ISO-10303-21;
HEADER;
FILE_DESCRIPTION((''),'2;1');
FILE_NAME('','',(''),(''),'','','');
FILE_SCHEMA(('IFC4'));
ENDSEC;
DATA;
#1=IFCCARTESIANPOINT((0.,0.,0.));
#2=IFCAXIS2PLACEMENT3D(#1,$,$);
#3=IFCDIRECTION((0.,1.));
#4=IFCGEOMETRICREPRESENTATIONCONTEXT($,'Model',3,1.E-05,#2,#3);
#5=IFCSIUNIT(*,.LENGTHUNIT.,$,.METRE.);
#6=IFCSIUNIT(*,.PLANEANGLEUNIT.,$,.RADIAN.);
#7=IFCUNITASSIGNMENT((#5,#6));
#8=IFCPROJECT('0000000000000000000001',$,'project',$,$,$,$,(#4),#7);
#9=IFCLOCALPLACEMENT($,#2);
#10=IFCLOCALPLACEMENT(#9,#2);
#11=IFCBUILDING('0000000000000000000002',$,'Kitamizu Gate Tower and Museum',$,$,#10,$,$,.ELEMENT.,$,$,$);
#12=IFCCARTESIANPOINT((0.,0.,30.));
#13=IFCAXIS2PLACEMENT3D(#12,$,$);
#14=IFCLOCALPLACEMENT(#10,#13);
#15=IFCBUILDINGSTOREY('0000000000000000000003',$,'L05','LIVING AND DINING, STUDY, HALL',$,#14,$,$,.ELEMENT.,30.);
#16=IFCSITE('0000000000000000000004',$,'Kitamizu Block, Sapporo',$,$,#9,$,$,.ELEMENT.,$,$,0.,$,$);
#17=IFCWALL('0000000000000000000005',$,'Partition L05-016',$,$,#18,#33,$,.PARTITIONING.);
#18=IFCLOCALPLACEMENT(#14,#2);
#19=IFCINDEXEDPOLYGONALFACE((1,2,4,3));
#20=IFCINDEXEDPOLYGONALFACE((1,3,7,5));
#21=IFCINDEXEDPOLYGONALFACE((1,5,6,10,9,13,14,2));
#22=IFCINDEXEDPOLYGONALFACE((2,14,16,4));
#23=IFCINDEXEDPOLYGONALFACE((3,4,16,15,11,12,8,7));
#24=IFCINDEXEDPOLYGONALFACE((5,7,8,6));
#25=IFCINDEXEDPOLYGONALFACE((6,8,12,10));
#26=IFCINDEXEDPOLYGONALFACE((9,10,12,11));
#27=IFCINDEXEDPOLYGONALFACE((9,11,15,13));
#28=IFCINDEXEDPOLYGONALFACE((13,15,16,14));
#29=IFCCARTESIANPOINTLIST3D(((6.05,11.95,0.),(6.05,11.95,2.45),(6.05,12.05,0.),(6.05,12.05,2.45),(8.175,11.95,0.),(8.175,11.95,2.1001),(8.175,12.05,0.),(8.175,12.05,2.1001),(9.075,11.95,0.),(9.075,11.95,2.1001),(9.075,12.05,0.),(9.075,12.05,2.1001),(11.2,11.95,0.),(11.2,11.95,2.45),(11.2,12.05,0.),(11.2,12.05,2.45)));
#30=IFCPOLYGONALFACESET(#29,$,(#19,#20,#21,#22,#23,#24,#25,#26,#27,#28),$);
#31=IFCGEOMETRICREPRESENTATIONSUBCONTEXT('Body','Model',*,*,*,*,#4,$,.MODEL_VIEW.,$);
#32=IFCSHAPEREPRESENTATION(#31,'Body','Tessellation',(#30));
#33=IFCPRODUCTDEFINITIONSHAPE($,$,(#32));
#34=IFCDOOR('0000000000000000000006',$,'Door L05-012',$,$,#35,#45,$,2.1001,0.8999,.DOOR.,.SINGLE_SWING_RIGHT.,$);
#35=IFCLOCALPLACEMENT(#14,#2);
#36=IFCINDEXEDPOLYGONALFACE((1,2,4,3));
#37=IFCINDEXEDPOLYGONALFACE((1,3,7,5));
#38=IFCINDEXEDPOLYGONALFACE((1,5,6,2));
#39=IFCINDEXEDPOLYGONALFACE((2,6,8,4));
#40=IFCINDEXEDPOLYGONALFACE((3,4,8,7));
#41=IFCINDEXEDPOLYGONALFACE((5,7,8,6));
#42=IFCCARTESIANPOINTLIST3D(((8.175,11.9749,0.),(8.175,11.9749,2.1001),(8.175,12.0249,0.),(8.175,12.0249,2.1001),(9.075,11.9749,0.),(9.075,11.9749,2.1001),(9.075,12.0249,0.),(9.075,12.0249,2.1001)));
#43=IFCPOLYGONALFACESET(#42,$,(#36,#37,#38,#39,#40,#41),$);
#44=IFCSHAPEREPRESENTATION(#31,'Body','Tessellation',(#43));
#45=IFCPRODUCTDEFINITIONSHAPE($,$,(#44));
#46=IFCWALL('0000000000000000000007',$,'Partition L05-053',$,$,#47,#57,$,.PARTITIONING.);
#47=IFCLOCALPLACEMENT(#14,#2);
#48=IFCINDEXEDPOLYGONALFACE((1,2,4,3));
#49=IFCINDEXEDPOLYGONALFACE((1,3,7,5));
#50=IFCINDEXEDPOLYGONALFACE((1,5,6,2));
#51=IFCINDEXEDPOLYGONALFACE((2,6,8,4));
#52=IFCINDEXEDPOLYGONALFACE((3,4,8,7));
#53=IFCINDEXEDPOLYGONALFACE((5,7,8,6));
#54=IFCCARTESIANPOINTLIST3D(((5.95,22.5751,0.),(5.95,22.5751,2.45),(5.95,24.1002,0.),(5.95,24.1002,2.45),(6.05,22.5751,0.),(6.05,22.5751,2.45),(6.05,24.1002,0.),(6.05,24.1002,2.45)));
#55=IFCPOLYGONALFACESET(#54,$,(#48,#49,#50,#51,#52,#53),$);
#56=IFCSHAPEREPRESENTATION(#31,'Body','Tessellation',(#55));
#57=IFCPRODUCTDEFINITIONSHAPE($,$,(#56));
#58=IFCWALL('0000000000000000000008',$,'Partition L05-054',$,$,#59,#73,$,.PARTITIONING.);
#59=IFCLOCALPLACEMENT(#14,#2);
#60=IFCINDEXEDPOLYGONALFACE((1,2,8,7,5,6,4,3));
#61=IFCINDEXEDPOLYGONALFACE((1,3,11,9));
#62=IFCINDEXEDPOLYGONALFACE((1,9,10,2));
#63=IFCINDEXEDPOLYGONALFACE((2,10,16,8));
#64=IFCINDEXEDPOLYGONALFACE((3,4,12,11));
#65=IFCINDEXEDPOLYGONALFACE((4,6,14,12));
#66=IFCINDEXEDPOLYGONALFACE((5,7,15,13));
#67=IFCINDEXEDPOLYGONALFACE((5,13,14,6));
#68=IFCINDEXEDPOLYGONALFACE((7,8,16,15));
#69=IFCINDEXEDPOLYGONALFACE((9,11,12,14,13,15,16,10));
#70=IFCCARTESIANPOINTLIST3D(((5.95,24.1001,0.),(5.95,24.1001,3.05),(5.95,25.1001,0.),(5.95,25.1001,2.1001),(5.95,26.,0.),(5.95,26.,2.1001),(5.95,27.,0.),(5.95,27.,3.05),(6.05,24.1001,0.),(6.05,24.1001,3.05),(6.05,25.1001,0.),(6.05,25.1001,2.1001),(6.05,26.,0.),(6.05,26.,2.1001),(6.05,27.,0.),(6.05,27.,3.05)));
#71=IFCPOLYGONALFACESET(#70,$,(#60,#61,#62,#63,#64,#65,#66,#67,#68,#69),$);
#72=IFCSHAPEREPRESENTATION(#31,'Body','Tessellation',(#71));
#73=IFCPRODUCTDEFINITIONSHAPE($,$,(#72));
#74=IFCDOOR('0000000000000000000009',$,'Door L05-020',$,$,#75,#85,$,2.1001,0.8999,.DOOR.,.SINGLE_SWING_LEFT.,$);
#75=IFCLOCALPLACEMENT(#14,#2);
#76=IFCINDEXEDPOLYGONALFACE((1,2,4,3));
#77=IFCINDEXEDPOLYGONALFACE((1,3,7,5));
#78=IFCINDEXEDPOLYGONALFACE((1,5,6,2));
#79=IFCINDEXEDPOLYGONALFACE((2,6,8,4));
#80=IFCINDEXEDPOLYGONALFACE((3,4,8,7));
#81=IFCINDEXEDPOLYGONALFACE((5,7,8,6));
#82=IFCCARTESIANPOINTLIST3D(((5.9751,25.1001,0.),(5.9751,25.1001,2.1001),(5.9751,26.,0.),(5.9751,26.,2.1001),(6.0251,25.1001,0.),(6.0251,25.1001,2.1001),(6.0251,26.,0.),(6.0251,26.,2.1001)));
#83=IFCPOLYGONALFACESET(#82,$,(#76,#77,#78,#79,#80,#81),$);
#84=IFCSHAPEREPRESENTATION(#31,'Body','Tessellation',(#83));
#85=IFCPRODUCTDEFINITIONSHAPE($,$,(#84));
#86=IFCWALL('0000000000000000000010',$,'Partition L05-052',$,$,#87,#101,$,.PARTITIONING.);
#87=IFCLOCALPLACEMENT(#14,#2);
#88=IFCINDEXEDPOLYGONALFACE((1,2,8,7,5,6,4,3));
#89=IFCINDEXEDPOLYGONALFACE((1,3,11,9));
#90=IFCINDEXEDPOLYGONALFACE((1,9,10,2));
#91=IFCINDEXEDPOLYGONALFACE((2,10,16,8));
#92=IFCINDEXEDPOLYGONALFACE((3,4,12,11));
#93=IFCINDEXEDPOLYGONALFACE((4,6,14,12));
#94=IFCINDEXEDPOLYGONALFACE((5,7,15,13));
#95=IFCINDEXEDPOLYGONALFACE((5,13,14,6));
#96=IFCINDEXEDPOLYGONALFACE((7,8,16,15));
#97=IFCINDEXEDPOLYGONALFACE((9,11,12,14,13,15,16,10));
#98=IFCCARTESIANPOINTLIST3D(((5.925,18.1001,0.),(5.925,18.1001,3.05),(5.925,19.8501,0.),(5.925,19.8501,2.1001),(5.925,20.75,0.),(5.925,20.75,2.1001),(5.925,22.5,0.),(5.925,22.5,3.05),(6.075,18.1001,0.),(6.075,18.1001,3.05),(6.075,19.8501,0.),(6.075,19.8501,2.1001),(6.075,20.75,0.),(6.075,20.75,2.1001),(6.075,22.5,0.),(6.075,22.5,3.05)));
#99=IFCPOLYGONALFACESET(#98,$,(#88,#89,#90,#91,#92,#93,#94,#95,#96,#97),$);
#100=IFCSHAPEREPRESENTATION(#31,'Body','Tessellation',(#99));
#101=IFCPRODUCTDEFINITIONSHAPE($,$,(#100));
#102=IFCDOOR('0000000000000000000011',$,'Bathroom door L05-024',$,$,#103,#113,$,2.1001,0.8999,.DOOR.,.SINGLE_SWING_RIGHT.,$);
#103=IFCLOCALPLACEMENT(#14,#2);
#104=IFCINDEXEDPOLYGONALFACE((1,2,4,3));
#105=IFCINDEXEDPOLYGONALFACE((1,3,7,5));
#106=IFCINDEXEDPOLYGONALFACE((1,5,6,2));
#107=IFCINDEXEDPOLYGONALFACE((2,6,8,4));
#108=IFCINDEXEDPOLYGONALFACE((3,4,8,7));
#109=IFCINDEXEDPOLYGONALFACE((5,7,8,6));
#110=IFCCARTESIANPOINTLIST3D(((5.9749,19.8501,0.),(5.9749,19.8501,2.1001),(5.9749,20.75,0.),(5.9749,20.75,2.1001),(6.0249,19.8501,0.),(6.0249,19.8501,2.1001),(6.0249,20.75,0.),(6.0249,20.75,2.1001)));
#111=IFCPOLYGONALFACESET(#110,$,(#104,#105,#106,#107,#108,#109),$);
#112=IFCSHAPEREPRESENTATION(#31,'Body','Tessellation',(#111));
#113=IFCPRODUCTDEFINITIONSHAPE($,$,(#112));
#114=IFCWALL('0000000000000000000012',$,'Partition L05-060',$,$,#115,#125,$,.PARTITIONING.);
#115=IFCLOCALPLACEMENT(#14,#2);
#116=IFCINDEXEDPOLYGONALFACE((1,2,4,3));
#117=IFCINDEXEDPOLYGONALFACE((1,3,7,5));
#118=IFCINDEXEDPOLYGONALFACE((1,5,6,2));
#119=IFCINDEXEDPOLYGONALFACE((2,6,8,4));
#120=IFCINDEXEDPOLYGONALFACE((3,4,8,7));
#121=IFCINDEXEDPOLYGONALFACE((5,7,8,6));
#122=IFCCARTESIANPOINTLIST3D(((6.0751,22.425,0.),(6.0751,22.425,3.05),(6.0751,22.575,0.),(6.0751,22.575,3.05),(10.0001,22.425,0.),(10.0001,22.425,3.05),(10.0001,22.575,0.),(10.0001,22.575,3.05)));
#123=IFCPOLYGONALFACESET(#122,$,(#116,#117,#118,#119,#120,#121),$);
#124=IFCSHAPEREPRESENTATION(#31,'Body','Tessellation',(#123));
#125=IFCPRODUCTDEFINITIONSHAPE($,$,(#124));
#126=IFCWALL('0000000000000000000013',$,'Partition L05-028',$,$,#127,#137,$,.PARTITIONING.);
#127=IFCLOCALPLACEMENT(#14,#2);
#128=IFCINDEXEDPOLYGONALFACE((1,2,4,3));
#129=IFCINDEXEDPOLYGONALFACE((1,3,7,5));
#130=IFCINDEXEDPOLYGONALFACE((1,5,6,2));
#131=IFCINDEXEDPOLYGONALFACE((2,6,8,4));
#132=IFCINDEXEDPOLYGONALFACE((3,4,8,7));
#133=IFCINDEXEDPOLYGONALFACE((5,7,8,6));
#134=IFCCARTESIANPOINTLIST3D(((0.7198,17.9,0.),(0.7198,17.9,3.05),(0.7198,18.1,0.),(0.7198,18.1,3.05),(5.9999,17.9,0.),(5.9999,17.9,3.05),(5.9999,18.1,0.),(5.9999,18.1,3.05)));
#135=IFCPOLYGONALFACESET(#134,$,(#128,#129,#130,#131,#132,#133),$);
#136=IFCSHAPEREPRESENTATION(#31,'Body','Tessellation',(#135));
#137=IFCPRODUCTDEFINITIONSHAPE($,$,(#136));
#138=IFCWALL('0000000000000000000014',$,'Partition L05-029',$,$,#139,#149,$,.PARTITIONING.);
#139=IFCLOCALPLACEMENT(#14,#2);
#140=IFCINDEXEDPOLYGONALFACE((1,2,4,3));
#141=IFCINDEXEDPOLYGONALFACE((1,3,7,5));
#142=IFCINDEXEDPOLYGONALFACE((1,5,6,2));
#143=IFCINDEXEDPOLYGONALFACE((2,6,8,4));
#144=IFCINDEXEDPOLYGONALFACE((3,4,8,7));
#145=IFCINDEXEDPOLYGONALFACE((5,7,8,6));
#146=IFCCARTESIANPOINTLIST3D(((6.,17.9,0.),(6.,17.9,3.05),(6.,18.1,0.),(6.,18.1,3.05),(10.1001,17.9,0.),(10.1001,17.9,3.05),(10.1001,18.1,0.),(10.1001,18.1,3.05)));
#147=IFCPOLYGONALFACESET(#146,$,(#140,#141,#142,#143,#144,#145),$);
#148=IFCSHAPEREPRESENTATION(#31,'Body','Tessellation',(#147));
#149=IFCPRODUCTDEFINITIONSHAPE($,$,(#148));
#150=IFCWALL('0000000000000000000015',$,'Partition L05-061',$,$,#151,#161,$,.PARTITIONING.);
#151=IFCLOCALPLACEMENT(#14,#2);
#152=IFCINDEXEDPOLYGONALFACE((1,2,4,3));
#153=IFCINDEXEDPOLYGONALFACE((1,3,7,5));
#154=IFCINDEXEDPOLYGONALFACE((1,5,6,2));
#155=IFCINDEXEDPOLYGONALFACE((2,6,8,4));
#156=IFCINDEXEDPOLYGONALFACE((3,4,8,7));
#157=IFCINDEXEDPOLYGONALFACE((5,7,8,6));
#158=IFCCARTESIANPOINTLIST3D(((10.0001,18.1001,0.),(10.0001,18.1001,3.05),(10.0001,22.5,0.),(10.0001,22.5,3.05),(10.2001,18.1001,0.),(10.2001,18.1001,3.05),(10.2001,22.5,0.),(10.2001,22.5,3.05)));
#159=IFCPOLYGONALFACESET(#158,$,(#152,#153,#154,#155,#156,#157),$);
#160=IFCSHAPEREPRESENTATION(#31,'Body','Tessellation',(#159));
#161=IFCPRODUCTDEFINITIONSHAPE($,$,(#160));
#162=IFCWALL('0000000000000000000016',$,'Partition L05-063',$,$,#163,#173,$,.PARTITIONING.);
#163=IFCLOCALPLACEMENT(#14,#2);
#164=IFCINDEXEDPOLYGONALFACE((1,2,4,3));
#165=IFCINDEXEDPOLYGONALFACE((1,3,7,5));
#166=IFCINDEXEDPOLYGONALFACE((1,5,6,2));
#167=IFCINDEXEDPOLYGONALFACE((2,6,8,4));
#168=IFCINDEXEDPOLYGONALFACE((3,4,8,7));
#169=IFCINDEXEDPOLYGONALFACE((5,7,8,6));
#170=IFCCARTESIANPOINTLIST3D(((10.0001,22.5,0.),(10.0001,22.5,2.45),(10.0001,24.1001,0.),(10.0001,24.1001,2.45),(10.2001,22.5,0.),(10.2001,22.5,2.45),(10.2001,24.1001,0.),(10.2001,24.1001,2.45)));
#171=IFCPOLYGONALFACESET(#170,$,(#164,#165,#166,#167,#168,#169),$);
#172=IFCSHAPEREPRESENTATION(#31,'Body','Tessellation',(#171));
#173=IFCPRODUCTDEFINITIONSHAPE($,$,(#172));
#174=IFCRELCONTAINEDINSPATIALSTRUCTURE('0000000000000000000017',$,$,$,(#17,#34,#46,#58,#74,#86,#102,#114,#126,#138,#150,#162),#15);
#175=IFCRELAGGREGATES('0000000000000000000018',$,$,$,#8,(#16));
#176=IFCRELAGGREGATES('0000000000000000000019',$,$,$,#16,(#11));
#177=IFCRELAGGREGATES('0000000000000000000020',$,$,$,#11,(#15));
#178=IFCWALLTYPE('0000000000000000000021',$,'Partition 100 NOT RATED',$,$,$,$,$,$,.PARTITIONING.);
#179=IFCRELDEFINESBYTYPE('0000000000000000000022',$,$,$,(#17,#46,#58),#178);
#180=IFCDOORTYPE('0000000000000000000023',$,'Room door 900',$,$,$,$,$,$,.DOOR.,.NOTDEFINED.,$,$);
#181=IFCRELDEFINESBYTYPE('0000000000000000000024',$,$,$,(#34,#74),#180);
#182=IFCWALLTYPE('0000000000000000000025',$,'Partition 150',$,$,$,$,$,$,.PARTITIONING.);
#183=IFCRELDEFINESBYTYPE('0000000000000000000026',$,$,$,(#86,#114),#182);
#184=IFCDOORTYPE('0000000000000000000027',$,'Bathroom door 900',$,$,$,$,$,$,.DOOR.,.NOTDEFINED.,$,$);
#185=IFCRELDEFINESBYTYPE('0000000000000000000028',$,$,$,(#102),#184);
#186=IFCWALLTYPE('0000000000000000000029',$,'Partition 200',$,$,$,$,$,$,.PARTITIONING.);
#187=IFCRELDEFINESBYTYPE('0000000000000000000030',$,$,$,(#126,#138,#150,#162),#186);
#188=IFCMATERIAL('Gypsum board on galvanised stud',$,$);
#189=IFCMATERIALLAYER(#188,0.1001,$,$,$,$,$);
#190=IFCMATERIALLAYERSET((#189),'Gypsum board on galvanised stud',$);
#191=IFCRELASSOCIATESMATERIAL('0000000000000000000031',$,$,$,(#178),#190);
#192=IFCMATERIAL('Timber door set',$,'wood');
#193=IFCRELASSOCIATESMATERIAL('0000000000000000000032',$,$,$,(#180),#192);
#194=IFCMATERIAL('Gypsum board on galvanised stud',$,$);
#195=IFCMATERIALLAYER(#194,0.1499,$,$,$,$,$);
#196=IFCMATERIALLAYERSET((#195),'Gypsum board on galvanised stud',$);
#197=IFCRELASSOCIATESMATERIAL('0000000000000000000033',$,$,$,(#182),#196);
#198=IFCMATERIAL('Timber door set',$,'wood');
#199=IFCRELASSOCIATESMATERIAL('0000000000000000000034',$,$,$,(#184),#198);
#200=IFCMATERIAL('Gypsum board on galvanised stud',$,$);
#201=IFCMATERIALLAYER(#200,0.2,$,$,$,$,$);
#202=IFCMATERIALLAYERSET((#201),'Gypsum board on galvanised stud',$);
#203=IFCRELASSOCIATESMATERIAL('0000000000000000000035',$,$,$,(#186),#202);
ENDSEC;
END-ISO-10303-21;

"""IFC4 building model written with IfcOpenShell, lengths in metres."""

from ifc_helpers import new_model, si_unit, direction, frame, frame_2d, origin, place, context, subcontext, project, spatial, rectangle, extrude, material, layer, layer_set, type_object, element, fill, save


model = new_model("IFC4")

# Units and contexts
model_context = context("Model", 3, precision=1e-05, world=origin(), true_north=direction((0.0, 1.0)))
body_context = subcontext(model_context, "Body", "Model", "MODEL_VIEW")
ifc_project = project(units=[si_unit("LENGTHUNIT", "METRE"), si_unit("PLANEANGLEUNIT", "RADIAN")], contexts=[model_context])

# Site, building, storey
site_placement = place(None, origin())
site = spatial("IfcSite", under=ifc_project, at=site_placement, Name="Kitamizu Block, Sapporo", CompositionType="ELEMENT", RefElevation=0.0)
building_placement = place(site_placement, origin())
building = spatial("IfcBuilding", under=site, at=building_placement, Name="Kitamizu Gate Tower and Museum", CompositionType="ELEMENT")
storey_placement = place(building_placement, frame((0.0, 0.0, 30.0)))
storey = spatial("IfcBuildingStorey", under=building, at=storey_placement, Name="L05", Description="LIVING AND DINING, STUDY, HALL", CompositionType="ELEMENT", Elevation=30.0)

# Wall, opening, door
ifc_material_1 = material(Name="Gypsum board on galvanised stud")
ifc_layer_1 = layer(ifc_material_1, 0.1001)
ifc_layer_set_1 = layer_set([ifc_layer_1], Name="Gypsum board on galvanised stud")
wall_type_1 = type_object("IfcWallType", Name="Partition 100 NOT RATED", PredefinedType="PARTITIONING", material=ifc_layer_set_1)
wall_1_placement = place(storey_placement, frame((11.2, 12.0, 0.0), z_axis=(0.0, 0.0, 1.0), x_axis=(-1.0, 0.0, 0.0)))
wall_1 = element("IfcWall", 1, at=wall_1_placement, inside=storey, type_object=wall_type_1, Name="Partition L05-016", PredefinedType="PARTITIONING", context=body_context, shape_type="SweptSolid", body=[
    extrude(rectangle(XDim=5.1499, YDim=0.1001, at=frame_2d((2.575, 0.0))), origin(), (0.0, 0.0, 1.0), 2.45),
])
opening_1_placement = place(wall_1_placement, frame((2.125, 0.0, 0.0)))
opening_1 = element("IfcOpeningElement", 2, at=opening_1_placement, cuts=wall_1, PredefinedType="OPENING", context=body_context, shape_type="SweptSolid", body=[
    extrude(rectangle(XDim=0.8999, YDim=2.1001, at=frame_2d((0.45, 1.05))), frame((0.0, 0.0601, 0.0), z_axis=(0.0, -1.0, 0.0), x_axis=(1.0, 0.0, 0.0)), (0.0, 0.0, 1.0), 0.1201),
])
ifc_material_2 = material(Name="Timber door set", Category="wood")
door_type_1 = type_object("IfcDoorType", Name="Room door 900", OperationType="NOTDEFINED", PredefinedType="DOOR", material=ifc_material_2)
door_1_placement = place(opening_1_placement, frame((0.8999, 0.0, 0.0), x_axis=(-1.0, 0.0, 0.0)))
door_1 = element("IfcDoor", 3, at=door_1_placement, inside=storey, type_object=door_type_1, Name="Door L05-012", OperationType="SINGLE_SWING_RIGHT", OverallHeight=2.1001, OverallWidth=0.8999, PredefinedType="DOOR", context=body_context, shape_type="SweptSolid", body=[
    extrude(rectangle(XDim=0.8999, YDim=2.1001, at=frame_2d((0.45, 1.05))), frame((0.0, 0.0249, 0.0), z_axis=(0.0, -1.0, 0.0), x_axis=(1.0, 0.0, 0.0)), (0.0, 0.0, 1.0), 0.05),
])
fill(opening_1, door_1)

# Wall
wall_2_placement = place(storey_placement, frame((6.0, 22.575, 0.0), z_axis=(0.0, 0.0, 1.0), x_axis=(0.0, 1.0, 0.0)))
element("IfcWall", 4, at=wall_2_placement, inside=storey, type_object=wall_type_1, Name="Partition L05-053", PredefinedType="PARTITIONING", context=body_context, shape_type="SweptSolid", body=[
    extrude(rectangle(XDim=1.5251, YDim=0.1001, at=frame_2d((0.7627, 0.0))), origin(), (0.0, 0.0, 1.0), 2.45),
])

# Walls, openings, doors
wall_3_placement = place(storey_placement, frame((6.0, 24.1001, 0.0), z_axis=(0.0, 0.0, 1.0), x_axis=(0.0, 1.0, 0.0)))
wall_3 = element("IfcWall", 5, at=wall_3_placement, inside=storey, type_object=wall_type_1, Name="Partition L05-054", PredefinedType="PARTITIONING", context=body_context, shape_type="SweptSolid", body=[
    extrude(rectangle(XDim=2.8999, YDim=0.1001, at=frame_2d((1.45, 0.0))), origin(), (0.0, 0.0, 1.0), 3.05),
])
opening_2_placement = place(wall_3_placement, frame((1.0, 0.0, 0.0)))
opening_2 = element("IfcOpeningElement", 6, at=opening_2_placement, cuts=wall_3, PredefinedType="OPENING", context=body_context, shape_type="SweptSolid", body=[
    extrude(rectangle(XDim=0.8999, YDim=2.1001, at=frame_2d((0.45, 1.05))), frame((0.0, 0.0601, 0.0), z_axis=(0.0, -1.0, 0.0), x_axis=(1.0, 0.0, 0.0)), (0.0, 0.0, 1.0), 0.1201),
])
door_2_placement = place(opening_2_placement, origin())
door_2 = element("IfcDoor", 7, at=door_2_placement, inside=storey, type_object=door_type_1, Name="Door L05-020", OperationType="SINGLE_SWING_LEFT", OverallHeight=2.1001, OverallWidth=0.8999, PredefinedType="DOOR", context=body_context, shape_type="SweptSolid", body=[
    extrude(rectangle(XDim=0.8999, YDim=2.1001, at=frame_2d((0.45, 1.05))), frame((0.0, 0.0249, 0.0), z_axis=(0.0, -1.0, 0.0), x_axis=(1.0, 0.0, 0.0)), (0.0, 0.0, 1.0), 0.05),
])
fill(opening_2, door_2)
ifc_material_3 = material(Name="Gypsum board on galvanised stud")
ifc_layer_2 = layer(ifc_material_3, 0.1499)
ifc_layer_set_2 = layer_set([ifc_layer_2], Name="Gypsum board on galvanised stud")
wall_type_2 = type_object("IfcWallType", Name="Partition 150", PredefinedType="PARTITIONING", material=ifc_layer_set_2)
wall_4_placement = place(storey_placement, frame((6.0, 18.1001, 0.0), z_axis=(0.0, 0.0, 1.0), x_axis=(0.0, 1.0, 0.0)))
wall_4 = element("IfcWall", 8, at=wall_4_placement, inside=storey, type_object=wall_type_2, Name="Partition L05-052", PredefinedType="PARTITIONING", context=body_context, shape_type="SweptSolid", body=[
    extrude(rectangle(XDim=4.3999, YDim=0.1499, at=frame_2d((2.2, 0.0))), origin(), (0.0, 0.0, 1.0), 3.05),
])
opening_3_placement = place(wall_4_placement, frame((1.75, 0.0, 0.0)))
opening_3 = element("IfcOpeningElement", 9, at=opening_3_placement, cuts=wall_4, PredefinedType="OPENING", context=body_context, shape_type="SweptSolid", body=[
    extrude(rectangle(XDim=0.8999, YDim=2.1001, at=frame_2d((0.45, 1.05))), frame((0.0, 0.085, 0.0), z_axis=(0.0, -1.0, 0.0), x_axis=(1.0, 0.0, 0.0)), (0.0, 0.0, 1.0), 0.1699),
])
ifc_material_4 = material(Name="Timber door set", Category="wood")
door_type_2 = type_object("IfcDoorType", Name="Bathroom door 900", OperationType="NOTDEFINED", PredefinedType="DOOR", material=ifc_material_4)
door_3_placement = place(opening_3_placement, frame((0.8999, 0.0, 0.0), x_axis=(-1.0, 0.0, 0.0)))
door_3 = element("IfcDoor", 10, at=door_3_placement, inside=storey, type_object=door_type_2, Name="Bathroom door L05-024", OperationType="SINGLE_SWING_RIGHT", OverallHeight=2.1001, OverallWidth=0.8999, PredefinedType="DOOR", context=body_context, shape_type="SweptSolid", body=[
    extrude(rectangle(XDim=0.8999, YDim=2.1001, at=frame_2d((0.45, 1.05))), frame((0.0, 0.0249, 0.0), z_axis=(0.0, -1.0, 0.0), x_axis=(1.0, 0.0, 0.0)), (0.0, 0.0, 1.0), 0.05),
])
fill(opening_3, door_3)

# Walls
wall_5_placement = place(storey_placement, frame((10.0, 22.5, 0.0), z_axis=(0.0, 0.0, 1.0), x_axis=(-1.0, 0.0, 0.0)))
element("IfcWall", 11, at=wall_5_placement, inside=storey, type_object=wall_type_2, Name="Partition L05-060", PredefinedType="PARTITIONING", context=body_context, shape_type="SweptSolid", body=[
    extrude(rectangle(XDim=3.925, YDim=0.1499, at=frame_2d((1.9624, 0.0))), origin(), (0.0, 0.0, 1.0), 3.05),
])
ifc_material_5 = material(Name="Gypsum board on galvanised stud")
ifc_layer_3 = layer(ifc_material_5, 0.2)
ifc_layer_set_3 = layer_set([ifc_layer_3], Name="Gypsum board on galvanised stud")
wall_type_3 = type_object("IfcWallType", Name="Partition 200", PredefinedType="PARTITIONING", material=ifc_layer_set_3)
wall_6_placement = place(storey_placement, frame((6.0, 18.0, 0.0), z_axis=(0.0, 0.0, 1.0), x_axis=(-1.0, 0.0, 0.0)))
element("IfcWall", 12, at=wall_6_placement, inside=storey, type_object=wall_type_3, Name="Partition L05-028", PredefinedType="PARTITIONING", context=body_context, shape_type="SweptSolid", body=[
    extrude(rectangle(XDim=5.28, YDim=0.2, at=frame_2d((2.6401, 0.0))), origin(), (0.0, 0.0, 1.0), 3.05),
])
wall_7_placement = place(storey_placement, frame((10.1001, 18.0, 0.0), z_axis=(0.0, 0.0, 1.0), x_axis=(-1.0, 0.0, 0.0)))
element("IfcWall", 13, at=wall_7_placement, inside=storey, type_object=wall_type_3, Name="Partition L05-029", PredefinedType="PARTITIONING", context=body_context, shape_type="SweptSolid", body=[
    extrude(rectangle(XDim=4.1001, YDim=0.2, at=frame_2d((2.05, 0.0))), origin(), (0.0, 0.0, 1.0), 3.05),
])
wall_8_placement = place(storey_placement, frame((10.1001, 18.1001, 0.0), z_axis=(0.0, 0.0, 1.0), x_axis=(0.0, 1.0, 0.0)))
element("IfcWall", 14, at=wall_8_placement, inside=storey, type_object=wall_type_3, Name="Partition L05-061", PredefinedType="PARTITIONING", context=body_context, shape_type="SweptSolid", body=[
    extrude(rectangle(XDim=4.3999, YDim=0.2, at=frame_2d((2.2, 0.0))), origin(), (0.0, 0.0, 1.0), 3.05),
])
wall_9_placement = place(storey_placement, frame((10.1001, 22.5, 0.0), z_axis=(0.0, 0.0, 1.0), x_axis=(0.0, 1.0, 0.0)))
element("IfcWall", 15, at=wall_9_placement, inside=storey, type_object=wall_type_3, Name="Partition L05-063", PredefinedType="PARTITIONING", context=body_context, shape_type="SweptSolid", body=[
    extrude(rectangle(XDim=1.6001, YDim=0.2, at=frame_2d((0.8, 0.0))), origin(), (0.0, 0.0, 1.0), 2.45),
])

save(model, "model.ifc")
